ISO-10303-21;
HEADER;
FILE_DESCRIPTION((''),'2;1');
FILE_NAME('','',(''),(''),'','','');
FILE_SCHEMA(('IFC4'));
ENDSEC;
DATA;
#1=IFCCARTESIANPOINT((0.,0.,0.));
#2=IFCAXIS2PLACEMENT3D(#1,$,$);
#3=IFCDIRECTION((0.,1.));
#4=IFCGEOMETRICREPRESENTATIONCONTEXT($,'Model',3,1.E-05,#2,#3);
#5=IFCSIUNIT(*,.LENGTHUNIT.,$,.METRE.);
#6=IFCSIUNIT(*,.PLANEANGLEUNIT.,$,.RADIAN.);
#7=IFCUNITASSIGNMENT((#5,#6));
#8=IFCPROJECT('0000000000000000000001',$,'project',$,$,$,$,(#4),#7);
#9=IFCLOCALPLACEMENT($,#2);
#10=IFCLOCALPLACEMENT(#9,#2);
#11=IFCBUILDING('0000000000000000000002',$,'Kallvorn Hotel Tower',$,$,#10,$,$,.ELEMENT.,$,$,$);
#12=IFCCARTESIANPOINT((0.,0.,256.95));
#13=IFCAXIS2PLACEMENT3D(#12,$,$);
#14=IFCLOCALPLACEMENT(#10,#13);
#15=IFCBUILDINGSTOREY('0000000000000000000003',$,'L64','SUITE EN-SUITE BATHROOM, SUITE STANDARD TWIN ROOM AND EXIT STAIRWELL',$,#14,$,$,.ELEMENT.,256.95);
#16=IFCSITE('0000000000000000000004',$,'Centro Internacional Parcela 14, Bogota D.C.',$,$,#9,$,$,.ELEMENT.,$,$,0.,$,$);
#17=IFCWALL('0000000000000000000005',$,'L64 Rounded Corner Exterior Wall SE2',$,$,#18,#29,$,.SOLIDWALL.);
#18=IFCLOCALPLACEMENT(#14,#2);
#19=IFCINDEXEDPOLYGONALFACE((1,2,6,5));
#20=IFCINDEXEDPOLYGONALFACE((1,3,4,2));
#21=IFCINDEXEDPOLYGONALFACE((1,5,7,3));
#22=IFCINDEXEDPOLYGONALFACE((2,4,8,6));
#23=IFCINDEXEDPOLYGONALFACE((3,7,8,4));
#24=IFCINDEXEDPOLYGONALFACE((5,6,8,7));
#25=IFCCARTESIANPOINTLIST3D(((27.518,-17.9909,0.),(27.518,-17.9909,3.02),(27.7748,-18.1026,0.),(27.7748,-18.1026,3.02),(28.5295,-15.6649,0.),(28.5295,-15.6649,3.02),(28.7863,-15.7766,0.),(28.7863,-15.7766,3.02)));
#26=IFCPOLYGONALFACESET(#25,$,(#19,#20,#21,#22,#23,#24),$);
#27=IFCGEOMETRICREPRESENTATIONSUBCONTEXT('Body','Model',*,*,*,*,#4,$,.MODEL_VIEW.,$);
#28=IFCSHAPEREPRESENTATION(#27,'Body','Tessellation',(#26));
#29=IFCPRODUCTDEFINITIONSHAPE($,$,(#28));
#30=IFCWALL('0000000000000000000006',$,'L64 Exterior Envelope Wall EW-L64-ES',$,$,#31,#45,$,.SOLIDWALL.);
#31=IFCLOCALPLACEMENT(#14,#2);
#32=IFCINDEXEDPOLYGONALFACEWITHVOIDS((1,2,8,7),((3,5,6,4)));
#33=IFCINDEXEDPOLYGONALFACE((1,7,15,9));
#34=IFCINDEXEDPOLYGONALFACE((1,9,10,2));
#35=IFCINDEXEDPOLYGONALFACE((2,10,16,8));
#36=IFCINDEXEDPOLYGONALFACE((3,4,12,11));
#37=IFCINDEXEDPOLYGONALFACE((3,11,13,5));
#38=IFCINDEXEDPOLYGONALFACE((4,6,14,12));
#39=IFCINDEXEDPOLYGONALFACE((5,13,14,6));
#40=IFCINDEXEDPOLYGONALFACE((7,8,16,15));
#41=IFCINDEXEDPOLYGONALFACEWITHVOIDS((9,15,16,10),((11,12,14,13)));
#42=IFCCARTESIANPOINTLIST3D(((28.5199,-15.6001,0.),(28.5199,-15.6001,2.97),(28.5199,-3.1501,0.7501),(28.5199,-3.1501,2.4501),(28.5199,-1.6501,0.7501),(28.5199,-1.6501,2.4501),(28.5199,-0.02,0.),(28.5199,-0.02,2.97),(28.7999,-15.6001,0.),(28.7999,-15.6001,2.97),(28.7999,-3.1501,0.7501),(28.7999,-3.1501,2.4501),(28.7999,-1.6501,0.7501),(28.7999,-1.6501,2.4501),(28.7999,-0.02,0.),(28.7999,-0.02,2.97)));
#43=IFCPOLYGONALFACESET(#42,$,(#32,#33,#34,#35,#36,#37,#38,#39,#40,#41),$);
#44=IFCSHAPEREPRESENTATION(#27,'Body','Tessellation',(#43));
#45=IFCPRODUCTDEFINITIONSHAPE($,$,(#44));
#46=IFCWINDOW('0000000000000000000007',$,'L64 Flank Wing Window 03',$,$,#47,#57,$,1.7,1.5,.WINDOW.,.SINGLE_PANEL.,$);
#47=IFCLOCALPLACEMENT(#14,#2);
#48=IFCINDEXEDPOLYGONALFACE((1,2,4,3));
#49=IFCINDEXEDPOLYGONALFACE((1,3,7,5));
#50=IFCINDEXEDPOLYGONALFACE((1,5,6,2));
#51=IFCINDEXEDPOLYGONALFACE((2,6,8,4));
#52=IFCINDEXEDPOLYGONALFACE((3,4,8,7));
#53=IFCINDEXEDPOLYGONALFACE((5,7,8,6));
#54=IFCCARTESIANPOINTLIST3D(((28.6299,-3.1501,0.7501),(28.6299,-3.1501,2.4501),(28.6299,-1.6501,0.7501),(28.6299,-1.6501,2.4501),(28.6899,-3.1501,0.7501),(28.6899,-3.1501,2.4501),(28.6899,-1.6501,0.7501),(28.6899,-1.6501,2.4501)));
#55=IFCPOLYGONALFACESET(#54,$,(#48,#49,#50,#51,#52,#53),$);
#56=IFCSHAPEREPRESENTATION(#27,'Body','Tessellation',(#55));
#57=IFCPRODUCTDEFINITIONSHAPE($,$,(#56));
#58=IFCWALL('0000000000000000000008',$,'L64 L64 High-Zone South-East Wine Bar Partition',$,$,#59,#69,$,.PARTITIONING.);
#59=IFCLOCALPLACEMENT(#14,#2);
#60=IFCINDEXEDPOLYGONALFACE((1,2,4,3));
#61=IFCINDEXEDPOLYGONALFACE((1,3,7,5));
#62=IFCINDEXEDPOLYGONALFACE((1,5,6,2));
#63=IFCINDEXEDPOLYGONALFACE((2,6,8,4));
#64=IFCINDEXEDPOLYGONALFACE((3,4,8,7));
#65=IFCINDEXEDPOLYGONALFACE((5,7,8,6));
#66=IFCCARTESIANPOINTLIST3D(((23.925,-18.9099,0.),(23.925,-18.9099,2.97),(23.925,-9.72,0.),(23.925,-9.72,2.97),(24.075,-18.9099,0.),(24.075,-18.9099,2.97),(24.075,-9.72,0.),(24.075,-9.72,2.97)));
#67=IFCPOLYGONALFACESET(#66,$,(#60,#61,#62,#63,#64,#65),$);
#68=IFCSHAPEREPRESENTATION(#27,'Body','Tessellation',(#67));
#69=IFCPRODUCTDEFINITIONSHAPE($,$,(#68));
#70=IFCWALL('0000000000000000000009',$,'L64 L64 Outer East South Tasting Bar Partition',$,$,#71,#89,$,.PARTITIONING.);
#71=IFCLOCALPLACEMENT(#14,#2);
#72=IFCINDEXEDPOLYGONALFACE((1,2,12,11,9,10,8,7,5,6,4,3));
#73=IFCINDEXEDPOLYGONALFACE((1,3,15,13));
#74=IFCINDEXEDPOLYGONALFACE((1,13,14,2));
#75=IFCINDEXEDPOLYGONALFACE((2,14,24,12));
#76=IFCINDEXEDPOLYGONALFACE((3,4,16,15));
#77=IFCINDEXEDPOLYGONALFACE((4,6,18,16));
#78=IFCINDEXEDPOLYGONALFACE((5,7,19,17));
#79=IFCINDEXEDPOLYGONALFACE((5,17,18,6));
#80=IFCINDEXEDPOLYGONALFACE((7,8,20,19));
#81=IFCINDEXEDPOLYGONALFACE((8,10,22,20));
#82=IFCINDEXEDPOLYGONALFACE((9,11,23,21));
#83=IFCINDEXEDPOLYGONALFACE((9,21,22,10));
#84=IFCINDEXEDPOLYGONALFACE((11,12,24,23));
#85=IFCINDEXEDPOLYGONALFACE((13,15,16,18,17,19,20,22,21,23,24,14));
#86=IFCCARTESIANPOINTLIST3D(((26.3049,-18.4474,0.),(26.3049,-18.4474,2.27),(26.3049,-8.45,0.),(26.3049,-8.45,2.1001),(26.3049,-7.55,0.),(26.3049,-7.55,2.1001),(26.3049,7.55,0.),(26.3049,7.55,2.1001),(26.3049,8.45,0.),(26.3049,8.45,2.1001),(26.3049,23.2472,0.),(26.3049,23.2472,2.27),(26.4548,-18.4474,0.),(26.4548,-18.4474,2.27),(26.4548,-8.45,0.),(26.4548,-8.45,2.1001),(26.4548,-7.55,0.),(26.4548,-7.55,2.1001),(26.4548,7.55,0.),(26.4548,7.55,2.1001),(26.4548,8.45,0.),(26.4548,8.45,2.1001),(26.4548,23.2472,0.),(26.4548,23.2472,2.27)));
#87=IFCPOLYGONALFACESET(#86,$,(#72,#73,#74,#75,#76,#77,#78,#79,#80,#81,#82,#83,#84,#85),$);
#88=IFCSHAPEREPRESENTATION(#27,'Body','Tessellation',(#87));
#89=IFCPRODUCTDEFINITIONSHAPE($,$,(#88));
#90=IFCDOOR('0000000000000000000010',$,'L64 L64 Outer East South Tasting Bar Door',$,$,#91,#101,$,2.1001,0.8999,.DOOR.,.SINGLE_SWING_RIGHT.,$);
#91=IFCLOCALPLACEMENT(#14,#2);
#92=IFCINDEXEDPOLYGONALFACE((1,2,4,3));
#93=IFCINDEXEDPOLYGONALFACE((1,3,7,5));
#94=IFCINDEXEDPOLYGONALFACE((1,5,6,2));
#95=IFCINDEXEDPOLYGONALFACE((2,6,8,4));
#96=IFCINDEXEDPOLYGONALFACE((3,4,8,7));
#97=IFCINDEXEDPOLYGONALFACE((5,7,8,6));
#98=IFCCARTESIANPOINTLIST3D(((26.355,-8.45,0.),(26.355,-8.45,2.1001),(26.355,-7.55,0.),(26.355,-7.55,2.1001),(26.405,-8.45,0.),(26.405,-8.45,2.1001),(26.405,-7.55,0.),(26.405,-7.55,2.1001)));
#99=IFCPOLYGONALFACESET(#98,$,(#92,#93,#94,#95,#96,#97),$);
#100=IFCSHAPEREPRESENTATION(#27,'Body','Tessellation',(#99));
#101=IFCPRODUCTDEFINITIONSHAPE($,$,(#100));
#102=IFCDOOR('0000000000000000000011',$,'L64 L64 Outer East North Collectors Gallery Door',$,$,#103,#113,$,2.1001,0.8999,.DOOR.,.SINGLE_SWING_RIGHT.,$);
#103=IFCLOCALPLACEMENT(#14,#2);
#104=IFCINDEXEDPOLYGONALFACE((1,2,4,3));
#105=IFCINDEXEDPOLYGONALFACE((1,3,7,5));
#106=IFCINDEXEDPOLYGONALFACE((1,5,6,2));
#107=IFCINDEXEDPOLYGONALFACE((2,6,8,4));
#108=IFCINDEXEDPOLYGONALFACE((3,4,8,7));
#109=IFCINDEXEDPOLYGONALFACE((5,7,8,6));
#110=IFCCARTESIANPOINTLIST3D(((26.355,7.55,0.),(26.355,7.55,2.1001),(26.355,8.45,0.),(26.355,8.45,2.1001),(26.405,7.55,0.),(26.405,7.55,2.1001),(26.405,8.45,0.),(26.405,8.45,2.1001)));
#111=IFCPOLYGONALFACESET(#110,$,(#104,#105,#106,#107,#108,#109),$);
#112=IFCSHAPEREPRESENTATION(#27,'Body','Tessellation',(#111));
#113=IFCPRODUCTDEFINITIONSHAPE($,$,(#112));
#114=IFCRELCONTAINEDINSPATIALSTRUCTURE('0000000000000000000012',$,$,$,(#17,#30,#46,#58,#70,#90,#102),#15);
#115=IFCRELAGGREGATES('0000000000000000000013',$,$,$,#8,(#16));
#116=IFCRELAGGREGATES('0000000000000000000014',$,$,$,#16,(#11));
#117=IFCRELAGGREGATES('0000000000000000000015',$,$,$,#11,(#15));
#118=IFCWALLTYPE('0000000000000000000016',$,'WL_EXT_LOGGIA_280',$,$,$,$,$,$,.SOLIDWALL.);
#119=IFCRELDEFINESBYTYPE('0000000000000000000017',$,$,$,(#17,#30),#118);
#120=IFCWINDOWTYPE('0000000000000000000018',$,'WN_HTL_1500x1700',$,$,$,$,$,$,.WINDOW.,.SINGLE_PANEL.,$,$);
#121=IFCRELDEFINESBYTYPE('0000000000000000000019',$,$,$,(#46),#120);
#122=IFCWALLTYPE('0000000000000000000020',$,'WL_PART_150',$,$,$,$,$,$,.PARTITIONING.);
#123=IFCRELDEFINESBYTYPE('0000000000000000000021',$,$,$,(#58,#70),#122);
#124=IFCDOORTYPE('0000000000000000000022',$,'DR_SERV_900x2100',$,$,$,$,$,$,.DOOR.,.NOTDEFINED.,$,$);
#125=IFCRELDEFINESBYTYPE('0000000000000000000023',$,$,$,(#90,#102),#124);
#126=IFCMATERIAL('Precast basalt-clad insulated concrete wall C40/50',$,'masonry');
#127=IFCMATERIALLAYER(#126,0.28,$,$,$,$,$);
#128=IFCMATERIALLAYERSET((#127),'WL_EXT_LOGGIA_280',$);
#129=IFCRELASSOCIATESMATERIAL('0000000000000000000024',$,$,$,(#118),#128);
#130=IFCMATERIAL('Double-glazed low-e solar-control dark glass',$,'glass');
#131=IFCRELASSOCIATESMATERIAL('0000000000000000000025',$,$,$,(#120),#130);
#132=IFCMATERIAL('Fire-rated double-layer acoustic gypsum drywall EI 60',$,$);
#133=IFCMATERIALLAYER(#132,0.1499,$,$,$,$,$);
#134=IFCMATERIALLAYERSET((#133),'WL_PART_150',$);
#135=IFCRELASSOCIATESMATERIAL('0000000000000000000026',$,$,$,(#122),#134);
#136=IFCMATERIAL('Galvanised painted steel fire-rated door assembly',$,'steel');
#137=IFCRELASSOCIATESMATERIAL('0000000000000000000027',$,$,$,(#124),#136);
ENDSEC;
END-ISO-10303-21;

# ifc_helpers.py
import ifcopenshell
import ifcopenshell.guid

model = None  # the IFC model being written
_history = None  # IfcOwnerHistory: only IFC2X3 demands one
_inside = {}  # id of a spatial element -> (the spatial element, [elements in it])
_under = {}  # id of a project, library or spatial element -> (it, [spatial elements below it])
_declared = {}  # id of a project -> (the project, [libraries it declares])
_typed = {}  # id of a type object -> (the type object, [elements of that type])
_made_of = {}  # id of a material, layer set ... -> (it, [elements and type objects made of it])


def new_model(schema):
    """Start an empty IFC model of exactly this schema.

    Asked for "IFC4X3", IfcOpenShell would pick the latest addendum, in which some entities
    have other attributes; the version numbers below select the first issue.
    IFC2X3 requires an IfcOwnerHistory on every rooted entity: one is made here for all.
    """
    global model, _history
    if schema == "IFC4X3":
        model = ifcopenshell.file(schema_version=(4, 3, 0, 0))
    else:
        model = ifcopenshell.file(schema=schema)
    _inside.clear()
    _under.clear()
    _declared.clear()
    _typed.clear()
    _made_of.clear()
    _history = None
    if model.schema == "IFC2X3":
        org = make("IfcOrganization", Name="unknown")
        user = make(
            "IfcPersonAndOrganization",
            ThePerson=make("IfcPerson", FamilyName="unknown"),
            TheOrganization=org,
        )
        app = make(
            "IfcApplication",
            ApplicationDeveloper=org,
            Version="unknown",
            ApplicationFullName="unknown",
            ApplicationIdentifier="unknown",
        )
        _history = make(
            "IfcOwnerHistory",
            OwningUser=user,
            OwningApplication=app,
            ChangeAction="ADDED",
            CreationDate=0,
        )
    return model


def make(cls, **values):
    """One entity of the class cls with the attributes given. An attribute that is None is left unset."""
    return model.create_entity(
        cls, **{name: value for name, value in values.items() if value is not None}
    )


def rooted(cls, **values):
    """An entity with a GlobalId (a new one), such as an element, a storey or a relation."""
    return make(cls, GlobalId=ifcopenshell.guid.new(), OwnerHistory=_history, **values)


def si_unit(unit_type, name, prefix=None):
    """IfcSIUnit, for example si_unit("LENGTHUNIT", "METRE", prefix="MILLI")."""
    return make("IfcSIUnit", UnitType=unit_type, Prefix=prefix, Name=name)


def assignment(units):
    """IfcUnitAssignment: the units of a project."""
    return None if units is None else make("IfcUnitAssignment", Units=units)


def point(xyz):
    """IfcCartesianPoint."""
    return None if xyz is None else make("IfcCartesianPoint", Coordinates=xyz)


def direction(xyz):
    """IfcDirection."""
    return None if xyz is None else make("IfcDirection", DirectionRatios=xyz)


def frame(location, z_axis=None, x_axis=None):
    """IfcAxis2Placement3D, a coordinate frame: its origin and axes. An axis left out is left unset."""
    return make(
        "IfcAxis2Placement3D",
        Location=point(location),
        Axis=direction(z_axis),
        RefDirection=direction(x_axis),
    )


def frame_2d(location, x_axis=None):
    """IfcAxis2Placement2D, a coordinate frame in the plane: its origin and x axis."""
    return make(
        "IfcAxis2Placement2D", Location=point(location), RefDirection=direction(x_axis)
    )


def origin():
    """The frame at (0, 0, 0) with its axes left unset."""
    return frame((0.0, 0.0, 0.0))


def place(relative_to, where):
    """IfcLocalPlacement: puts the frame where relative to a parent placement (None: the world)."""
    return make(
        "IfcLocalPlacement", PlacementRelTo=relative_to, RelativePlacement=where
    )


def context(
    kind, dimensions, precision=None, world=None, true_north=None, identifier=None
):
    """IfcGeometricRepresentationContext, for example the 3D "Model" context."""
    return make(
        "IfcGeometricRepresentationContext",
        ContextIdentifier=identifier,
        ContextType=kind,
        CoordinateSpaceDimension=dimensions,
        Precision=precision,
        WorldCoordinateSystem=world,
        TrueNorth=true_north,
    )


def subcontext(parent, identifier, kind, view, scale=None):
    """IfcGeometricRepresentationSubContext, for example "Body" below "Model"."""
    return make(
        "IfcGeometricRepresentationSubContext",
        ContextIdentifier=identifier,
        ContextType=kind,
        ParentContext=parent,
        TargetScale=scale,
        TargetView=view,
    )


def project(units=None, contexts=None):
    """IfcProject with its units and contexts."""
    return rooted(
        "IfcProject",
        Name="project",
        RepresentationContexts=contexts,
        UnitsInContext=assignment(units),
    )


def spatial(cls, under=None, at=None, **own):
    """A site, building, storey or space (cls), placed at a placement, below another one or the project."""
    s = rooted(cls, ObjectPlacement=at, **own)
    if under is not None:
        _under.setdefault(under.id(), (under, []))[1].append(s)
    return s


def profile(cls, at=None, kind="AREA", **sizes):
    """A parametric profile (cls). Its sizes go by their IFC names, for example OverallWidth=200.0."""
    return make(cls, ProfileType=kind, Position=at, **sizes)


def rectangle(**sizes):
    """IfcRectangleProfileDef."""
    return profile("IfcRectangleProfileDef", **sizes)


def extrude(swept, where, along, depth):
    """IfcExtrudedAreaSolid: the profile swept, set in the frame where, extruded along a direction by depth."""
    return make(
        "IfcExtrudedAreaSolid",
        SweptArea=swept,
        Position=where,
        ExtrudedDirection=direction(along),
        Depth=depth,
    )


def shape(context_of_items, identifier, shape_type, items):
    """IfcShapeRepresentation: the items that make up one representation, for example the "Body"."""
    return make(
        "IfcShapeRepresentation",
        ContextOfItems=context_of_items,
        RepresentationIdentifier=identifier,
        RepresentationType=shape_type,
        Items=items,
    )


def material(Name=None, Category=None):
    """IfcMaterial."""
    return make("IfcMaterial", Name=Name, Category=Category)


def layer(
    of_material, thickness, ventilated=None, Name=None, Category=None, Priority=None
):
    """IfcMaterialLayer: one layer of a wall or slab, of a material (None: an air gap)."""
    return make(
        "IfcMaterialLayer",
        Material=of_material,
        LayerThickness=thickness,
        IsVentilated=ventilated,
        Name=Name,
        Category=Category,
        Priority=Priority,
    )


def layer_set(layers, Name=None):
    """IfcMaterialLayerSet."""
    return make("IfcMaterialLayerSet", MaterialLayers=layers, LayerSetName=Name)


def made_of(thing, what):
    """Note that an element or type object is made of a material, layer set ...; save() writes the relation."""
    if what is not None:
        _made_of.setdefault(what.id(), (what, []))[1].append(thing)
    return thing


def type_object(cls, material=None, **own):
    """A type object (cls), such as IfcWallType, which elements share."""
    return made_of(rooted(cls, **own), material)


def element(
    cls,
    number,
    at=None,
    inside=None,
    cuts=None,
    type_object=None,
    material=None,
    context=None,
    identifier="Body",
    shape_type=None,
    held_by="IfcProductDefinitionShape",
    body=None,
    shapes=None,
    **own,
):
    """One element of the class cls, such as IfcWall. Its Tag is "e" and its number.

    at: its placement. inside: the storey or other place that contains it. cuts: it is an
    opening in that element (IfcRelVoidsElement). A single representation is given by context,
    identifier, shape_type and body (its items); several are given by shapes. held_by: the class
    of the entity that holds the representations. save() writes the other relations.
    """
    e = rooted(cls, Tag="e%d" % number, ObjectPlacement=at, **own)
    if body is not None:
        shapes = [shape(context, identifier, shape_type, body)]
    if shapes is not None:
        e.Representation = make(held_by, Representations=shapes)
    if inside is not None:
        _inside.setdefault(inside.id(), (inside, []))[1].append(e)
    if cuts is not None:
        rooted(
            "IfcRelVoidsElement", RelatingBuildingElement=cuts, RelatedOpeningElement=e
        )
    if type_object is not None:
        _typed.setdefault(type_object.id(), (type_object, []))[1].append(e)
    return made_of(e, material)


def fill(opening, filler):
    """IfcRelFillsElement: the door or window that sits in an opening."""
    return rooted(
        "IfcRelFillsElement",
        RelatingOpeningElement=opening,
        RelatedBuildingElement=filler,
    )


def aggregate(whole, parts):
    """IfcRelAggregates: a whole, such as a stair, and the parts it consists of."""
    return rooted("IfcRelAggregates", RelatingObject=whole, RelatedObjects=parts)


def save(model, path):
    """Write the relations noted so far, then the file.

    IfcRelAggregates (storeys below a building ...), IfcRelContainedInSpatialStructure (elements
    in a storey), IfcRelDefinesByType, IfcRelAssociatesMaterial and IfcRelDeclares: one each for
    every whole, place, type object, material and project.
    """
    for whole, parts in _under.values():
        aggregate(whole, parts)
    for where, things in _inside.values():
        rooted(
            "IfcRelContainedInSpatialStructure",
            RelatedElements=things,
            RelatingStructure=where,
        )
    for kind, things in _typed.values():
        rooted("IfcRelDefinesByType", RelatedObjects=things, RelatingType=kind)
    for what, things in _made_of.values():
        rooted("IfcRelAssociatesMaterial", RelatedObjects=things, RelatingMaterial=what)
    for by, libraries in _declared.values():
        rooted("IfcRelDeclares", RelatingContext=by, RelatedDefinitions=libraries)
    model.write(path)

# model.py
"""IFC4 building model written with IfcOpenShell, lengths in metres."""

from ifc_helpers import new_model, si_unit, direction, frame, frame_2d, origin, place, context, subcontext, project, spatial, rectangle, extrude, material, layer, layer_set, type_object, element, fill, save


model = new_model("IFC4")

# Units and contexts
model_context = context("Model", 3, precision=1e-05, world=origin(), true_north=direction((0.0, 1.0)))
body_context = subcontext(model_context, "Body", "Model", "MODEL_VIEW")
ifc_project = project(units=[si_unit("LENGTHUNIT", "METRE"), si_unit("PLANEANGLEUNIT", "RADIAN")], contexts=[model_context])

# Site, building, storey
site_placement = place(None, origin())
site = spatial("IfcSite", under=ifc_project, at=site_placement, Name="Centro Internacional Parcela 14, Bogota D.C.", CompositionType="ELEMENT", RefElevation=0.0)
building_placement = place(site_placement, origin())
building = spatial("IfcBuilding", under=site, at=building_placement, Name="Kallvorn Hotel Tower", CompositionType="ELEMENT")
storey_placement = place(building_placement, frame((0.0, 0.0, 256.95)))
storey = spatial("IfcBuildingStorey", under=building, at=storey_placement, Name="L64", Description="SUITE EN-SUITE BATHROOM, SUITE STANDARD TWIN ROOM AND EXIT STAIRWELL", CompositionType="ELEMENT", Elevation=256.95)

# Wall
ifc_material_1 = material(Name="Precast basalt-clad insulated concrete wall C40/50", Category="masonry")
ifc_layer_1 = layer(ifc_material_1, 0.28)
ifc_layer_set_1 = layer_set([ifc_layer_1], Name="WL_EXT_LOGGIA_280")
wall_type_1 = type_object("IfcWallType", Name="WL_EXT_LOGGIA_280", PredefinedType="SOLIDWALL", material=ifc_layer_set_1)
wall_1_placement = place(storey_placement, frame((27.6465, -18.0466, 0.0), z_axis=(0.0, 0.0, 1.0), x_axis=(0.398793, 0.917041, 0.0)))
element("IfcWall", 1, at=wall_1_placement, inside=storey, type_object=wall_type_1, Name="L64 Rounded Corner Exterior Wall SE2", PredefinedType="SOLIDWALL", context=body_context, shape_type="SweptSolid", body=[
    extrude(rectangle(XDim=2.5364, YDim=0.28, at=frame_2d((1.2681, 0.0))), origin(), (0.0, 0.0, 1.0), 3.02),
])

# Wall, opening, window
wall_2_placement = place(storey_placement, frame((28.6599, -15.6001, 0.0), z_axis=(0.0, 0.0, 1.0), x_axis=(0.0, 1.0, 0.0)))
wall_2 = element("IfcWall", 2, at=wall_2_placement, inside=storey, type_object=wall_type_1, Name="L64 Exterior Envelope Wall EW-L64-ES", PredefinedType="SOLIDWALL", context=body_context, shape_type="SweptSolid", body=[
    extrude(rectangle(XDim=15.5801, YDim=0.28, at=frame_2d((7.79, 0.0))), origin(), (0.0, 0.0, 1.0), 2.97),
])
opening_1_placement = place(wall_2_placement, frame((12.45, 0.0, 0.75)))
opening_1 = element("IfcOpeningElement", 3, at=opening_1_placement, cuts=wall_2, PredefinedType="OPENING", context=body_context, shape_type="SweptSolid", body=[
    extrude(rectangle(XDim=1.5, YDim=1.7, at=frame_2d((0.75, 0.8501))), frame((0.0, 0.155, 0.0), z_axis=(0.0, -1.0, 0.0), x_axis=(1.0, 0.0, 0.0)), (0.0, 0.0, 1.0), 0.3101),
])
ifc_material_2 = material(Name="Double-glazed low-e solar-control dark glass", Category="glass")
window_type = type_object("IfcWindowType", Name="WN_HTL_1500x1700", PartitioningType="SINGLE_PANEL", PredefinedType="WINDOW", material=ifc_material_2)
window_placement = place(opening_1_placement, origin())
window = element("IfcWindow", 4, at=window_placement, inside=storey, type_object=window_type, Name="L64 Flank Wing Window 03", OverallHeight=1.7, OverallWidth=1.5, PartitioningType="SINGLE_PANEL", PredefinedType="WINDOW", context=body_context, shape_type="SweptSolid", body=[
    extrude(rectangle(XDim=1.5, YDim=1.7, at=frame_2d((0.75, 0.8501))), frame((0.0, 0.03, 0.0), z_axis=(0.0, -1.0, 0.0), x_axis=(1.0, 0.0, 0.0)), (0.0, 0.0, 1.0), 0.0601),
])
fill(opening_1, window)

# Wall
ifc_material_3 = material(Name="Fire-rated double-layer acoustic gypsum drywall EI 60")
ifc_layer_2 = layer(ifc_material_3, 0.1499)
ifc_layer_set_2 = layer_set([ifc_layer_2], Name="WL_PART_150")
wall_type_2 = type_object("IfcWallType", Name="WL_PART_150", PredefinedType="PARTITIONING", material=ifc_layer_set_2)
wall_3_placement = place(storey_placement, frame((24.0, -18.9099, 0.0), z_axis=(0.0, 0.0, 1.0), x_axis=(0.0, 1.0, 0.0)))
element("IfcWall", 5, at=wall_3_placement, inside=storey, type_object=wall_type_2, Name="L64 L64 High-Zone South-East Wine Bar Partition", PredefinedType="PARTITIONING", context=body_context, shape_type="SweptSolid", body=[
    extrude(rectangle(XDim=9.1899, YDim=0.1499, at=frame_2d((4.595, 0.0))), origin(), (0.0, 0.0, 1.0), 2.97),
])

# Wall, openings, doors
wall_4_placement = place(storey_placement, frame((26.3799, -18.4473, 0.0), z_axis=(0.0, 0.0, 1.0), x_axis=(0.0, 1.0, 0.0)))
wall_4 = element("IfcWall", 6, at=wall_4_placement, inside=storey, type_object=wall_type_2, Name="L64 L64 Outer East South Tasting Bar Partition", PredefinedType="PARTITIONING", context=body_context, shape_type="SweptSolid", body=[
    extrude(rectangle(XDim=41.6946, YDim=0.1499, at=frame_2d((20.8472, 0.0))), origin(), (0.0, 0.0, 1.0), 2.27),
])
opening_2_placement = place(wall_4_placement, frame((9.9973, 0.0, 0.0)))
opening_2 = element("IfcOpeningElement", 7, at=opening_2_placement, cuts=wall_4, PredefinedType="OPENING", context=body_context, shape_type="SweptSolid", body=[
    extrude(rectangle(XDim=0.8999, YDim=2.1001, at=frame_2d((0.45, 1.05))), frame((0.0, 0.0898, 0.0), z_axis=(0.0, -1.0, 0.0), x_axis=(1.0, 0.0, 0.0)), (0.0, 0.0, 1.0), 0.1799),
])
opening_3_placement = place(wall_4_placement, frame((25.9973, 0.0, 0.0)))
opening_3 = element("IfcOpeningElement", 8, at=opening_3_placement, cuts=wall_4, PredefinedType="OPENING", context=body_context, shape_type="SweptSolid", body=[
    extrude(rectangle(XDim=0.8999, YDim=2.1001, at=frame_2d((0.45, 1.05))), frame((0.0, 0.0898, 0.0), z_axis=(0.0, -1.0, 0.0), x_axis=(1.0, 0.0, 0.0)), (0.0, 0.0, 1.0), 0.1799),
])
ifc_material_4 = material(Name="Galvanised painted steel fire-rated door assembly", Category="steel")
door_type = type_object("IfcDoorType", Name="DR_SERV_900x2100", OperationType="NOTDEFINED", PredefinedType="DOOR", material=ifc_material_4)
door_1_placement = place(opening_2_placement, origin())
door_1 = element("IfcDoor", 9, at=door_1_placement, inside=storey, type_object=door_type, Name="L64 L64 Outer East South Tasting Bar Door", OperationType="SINGLE_SWING_RIGHT", OverallHeight=2.1001, OverallWidth=0.8999, PredefinedType="DOOR", context=body_context, shape_type="SweptSolid", body=[
    extrude(rectangle(XDim=0.8999, YDim=2.1001, at=frame_2d((0.45, 1.05))), frame((0.0, 0.0249, 0.0), z_axis=(0.0, -1.0, 0.0), x_axis=(1.0, 0.0, 0.0)), (0.0, 0.0, 1.0), 0.05),
])
fill(opening_2, door_1)
door_2_placement = place(opening_3_placement, origin())
door_2 = element("IfcDoor", 10, at=door_2_placement, inside=storey, type_object=door_type, Name="L64 L64 Outer East North Collectors Gallery Door", OperationType="SINGLE_SWING_RIGHT", OverallHeight=2.1001, OverallWidth=0.8999, PredefinedType="DOOR", context=body_context, shape_type="SweptSolid", body=[
    extrude(rectangle(XDim=0.8999, YDim=2.1001, at=frame_2d((0.45, 1.05))), frame((0.0, 0.0249, 0.0), z_axis=(0.0, -1.0, 0.0), x_axis=(1.0, 0.0, 0.0)), (0.0, 0.0, 1.0), 0.05),
])
fill(opening_3, door_2)

save(model, "model.ifc")
